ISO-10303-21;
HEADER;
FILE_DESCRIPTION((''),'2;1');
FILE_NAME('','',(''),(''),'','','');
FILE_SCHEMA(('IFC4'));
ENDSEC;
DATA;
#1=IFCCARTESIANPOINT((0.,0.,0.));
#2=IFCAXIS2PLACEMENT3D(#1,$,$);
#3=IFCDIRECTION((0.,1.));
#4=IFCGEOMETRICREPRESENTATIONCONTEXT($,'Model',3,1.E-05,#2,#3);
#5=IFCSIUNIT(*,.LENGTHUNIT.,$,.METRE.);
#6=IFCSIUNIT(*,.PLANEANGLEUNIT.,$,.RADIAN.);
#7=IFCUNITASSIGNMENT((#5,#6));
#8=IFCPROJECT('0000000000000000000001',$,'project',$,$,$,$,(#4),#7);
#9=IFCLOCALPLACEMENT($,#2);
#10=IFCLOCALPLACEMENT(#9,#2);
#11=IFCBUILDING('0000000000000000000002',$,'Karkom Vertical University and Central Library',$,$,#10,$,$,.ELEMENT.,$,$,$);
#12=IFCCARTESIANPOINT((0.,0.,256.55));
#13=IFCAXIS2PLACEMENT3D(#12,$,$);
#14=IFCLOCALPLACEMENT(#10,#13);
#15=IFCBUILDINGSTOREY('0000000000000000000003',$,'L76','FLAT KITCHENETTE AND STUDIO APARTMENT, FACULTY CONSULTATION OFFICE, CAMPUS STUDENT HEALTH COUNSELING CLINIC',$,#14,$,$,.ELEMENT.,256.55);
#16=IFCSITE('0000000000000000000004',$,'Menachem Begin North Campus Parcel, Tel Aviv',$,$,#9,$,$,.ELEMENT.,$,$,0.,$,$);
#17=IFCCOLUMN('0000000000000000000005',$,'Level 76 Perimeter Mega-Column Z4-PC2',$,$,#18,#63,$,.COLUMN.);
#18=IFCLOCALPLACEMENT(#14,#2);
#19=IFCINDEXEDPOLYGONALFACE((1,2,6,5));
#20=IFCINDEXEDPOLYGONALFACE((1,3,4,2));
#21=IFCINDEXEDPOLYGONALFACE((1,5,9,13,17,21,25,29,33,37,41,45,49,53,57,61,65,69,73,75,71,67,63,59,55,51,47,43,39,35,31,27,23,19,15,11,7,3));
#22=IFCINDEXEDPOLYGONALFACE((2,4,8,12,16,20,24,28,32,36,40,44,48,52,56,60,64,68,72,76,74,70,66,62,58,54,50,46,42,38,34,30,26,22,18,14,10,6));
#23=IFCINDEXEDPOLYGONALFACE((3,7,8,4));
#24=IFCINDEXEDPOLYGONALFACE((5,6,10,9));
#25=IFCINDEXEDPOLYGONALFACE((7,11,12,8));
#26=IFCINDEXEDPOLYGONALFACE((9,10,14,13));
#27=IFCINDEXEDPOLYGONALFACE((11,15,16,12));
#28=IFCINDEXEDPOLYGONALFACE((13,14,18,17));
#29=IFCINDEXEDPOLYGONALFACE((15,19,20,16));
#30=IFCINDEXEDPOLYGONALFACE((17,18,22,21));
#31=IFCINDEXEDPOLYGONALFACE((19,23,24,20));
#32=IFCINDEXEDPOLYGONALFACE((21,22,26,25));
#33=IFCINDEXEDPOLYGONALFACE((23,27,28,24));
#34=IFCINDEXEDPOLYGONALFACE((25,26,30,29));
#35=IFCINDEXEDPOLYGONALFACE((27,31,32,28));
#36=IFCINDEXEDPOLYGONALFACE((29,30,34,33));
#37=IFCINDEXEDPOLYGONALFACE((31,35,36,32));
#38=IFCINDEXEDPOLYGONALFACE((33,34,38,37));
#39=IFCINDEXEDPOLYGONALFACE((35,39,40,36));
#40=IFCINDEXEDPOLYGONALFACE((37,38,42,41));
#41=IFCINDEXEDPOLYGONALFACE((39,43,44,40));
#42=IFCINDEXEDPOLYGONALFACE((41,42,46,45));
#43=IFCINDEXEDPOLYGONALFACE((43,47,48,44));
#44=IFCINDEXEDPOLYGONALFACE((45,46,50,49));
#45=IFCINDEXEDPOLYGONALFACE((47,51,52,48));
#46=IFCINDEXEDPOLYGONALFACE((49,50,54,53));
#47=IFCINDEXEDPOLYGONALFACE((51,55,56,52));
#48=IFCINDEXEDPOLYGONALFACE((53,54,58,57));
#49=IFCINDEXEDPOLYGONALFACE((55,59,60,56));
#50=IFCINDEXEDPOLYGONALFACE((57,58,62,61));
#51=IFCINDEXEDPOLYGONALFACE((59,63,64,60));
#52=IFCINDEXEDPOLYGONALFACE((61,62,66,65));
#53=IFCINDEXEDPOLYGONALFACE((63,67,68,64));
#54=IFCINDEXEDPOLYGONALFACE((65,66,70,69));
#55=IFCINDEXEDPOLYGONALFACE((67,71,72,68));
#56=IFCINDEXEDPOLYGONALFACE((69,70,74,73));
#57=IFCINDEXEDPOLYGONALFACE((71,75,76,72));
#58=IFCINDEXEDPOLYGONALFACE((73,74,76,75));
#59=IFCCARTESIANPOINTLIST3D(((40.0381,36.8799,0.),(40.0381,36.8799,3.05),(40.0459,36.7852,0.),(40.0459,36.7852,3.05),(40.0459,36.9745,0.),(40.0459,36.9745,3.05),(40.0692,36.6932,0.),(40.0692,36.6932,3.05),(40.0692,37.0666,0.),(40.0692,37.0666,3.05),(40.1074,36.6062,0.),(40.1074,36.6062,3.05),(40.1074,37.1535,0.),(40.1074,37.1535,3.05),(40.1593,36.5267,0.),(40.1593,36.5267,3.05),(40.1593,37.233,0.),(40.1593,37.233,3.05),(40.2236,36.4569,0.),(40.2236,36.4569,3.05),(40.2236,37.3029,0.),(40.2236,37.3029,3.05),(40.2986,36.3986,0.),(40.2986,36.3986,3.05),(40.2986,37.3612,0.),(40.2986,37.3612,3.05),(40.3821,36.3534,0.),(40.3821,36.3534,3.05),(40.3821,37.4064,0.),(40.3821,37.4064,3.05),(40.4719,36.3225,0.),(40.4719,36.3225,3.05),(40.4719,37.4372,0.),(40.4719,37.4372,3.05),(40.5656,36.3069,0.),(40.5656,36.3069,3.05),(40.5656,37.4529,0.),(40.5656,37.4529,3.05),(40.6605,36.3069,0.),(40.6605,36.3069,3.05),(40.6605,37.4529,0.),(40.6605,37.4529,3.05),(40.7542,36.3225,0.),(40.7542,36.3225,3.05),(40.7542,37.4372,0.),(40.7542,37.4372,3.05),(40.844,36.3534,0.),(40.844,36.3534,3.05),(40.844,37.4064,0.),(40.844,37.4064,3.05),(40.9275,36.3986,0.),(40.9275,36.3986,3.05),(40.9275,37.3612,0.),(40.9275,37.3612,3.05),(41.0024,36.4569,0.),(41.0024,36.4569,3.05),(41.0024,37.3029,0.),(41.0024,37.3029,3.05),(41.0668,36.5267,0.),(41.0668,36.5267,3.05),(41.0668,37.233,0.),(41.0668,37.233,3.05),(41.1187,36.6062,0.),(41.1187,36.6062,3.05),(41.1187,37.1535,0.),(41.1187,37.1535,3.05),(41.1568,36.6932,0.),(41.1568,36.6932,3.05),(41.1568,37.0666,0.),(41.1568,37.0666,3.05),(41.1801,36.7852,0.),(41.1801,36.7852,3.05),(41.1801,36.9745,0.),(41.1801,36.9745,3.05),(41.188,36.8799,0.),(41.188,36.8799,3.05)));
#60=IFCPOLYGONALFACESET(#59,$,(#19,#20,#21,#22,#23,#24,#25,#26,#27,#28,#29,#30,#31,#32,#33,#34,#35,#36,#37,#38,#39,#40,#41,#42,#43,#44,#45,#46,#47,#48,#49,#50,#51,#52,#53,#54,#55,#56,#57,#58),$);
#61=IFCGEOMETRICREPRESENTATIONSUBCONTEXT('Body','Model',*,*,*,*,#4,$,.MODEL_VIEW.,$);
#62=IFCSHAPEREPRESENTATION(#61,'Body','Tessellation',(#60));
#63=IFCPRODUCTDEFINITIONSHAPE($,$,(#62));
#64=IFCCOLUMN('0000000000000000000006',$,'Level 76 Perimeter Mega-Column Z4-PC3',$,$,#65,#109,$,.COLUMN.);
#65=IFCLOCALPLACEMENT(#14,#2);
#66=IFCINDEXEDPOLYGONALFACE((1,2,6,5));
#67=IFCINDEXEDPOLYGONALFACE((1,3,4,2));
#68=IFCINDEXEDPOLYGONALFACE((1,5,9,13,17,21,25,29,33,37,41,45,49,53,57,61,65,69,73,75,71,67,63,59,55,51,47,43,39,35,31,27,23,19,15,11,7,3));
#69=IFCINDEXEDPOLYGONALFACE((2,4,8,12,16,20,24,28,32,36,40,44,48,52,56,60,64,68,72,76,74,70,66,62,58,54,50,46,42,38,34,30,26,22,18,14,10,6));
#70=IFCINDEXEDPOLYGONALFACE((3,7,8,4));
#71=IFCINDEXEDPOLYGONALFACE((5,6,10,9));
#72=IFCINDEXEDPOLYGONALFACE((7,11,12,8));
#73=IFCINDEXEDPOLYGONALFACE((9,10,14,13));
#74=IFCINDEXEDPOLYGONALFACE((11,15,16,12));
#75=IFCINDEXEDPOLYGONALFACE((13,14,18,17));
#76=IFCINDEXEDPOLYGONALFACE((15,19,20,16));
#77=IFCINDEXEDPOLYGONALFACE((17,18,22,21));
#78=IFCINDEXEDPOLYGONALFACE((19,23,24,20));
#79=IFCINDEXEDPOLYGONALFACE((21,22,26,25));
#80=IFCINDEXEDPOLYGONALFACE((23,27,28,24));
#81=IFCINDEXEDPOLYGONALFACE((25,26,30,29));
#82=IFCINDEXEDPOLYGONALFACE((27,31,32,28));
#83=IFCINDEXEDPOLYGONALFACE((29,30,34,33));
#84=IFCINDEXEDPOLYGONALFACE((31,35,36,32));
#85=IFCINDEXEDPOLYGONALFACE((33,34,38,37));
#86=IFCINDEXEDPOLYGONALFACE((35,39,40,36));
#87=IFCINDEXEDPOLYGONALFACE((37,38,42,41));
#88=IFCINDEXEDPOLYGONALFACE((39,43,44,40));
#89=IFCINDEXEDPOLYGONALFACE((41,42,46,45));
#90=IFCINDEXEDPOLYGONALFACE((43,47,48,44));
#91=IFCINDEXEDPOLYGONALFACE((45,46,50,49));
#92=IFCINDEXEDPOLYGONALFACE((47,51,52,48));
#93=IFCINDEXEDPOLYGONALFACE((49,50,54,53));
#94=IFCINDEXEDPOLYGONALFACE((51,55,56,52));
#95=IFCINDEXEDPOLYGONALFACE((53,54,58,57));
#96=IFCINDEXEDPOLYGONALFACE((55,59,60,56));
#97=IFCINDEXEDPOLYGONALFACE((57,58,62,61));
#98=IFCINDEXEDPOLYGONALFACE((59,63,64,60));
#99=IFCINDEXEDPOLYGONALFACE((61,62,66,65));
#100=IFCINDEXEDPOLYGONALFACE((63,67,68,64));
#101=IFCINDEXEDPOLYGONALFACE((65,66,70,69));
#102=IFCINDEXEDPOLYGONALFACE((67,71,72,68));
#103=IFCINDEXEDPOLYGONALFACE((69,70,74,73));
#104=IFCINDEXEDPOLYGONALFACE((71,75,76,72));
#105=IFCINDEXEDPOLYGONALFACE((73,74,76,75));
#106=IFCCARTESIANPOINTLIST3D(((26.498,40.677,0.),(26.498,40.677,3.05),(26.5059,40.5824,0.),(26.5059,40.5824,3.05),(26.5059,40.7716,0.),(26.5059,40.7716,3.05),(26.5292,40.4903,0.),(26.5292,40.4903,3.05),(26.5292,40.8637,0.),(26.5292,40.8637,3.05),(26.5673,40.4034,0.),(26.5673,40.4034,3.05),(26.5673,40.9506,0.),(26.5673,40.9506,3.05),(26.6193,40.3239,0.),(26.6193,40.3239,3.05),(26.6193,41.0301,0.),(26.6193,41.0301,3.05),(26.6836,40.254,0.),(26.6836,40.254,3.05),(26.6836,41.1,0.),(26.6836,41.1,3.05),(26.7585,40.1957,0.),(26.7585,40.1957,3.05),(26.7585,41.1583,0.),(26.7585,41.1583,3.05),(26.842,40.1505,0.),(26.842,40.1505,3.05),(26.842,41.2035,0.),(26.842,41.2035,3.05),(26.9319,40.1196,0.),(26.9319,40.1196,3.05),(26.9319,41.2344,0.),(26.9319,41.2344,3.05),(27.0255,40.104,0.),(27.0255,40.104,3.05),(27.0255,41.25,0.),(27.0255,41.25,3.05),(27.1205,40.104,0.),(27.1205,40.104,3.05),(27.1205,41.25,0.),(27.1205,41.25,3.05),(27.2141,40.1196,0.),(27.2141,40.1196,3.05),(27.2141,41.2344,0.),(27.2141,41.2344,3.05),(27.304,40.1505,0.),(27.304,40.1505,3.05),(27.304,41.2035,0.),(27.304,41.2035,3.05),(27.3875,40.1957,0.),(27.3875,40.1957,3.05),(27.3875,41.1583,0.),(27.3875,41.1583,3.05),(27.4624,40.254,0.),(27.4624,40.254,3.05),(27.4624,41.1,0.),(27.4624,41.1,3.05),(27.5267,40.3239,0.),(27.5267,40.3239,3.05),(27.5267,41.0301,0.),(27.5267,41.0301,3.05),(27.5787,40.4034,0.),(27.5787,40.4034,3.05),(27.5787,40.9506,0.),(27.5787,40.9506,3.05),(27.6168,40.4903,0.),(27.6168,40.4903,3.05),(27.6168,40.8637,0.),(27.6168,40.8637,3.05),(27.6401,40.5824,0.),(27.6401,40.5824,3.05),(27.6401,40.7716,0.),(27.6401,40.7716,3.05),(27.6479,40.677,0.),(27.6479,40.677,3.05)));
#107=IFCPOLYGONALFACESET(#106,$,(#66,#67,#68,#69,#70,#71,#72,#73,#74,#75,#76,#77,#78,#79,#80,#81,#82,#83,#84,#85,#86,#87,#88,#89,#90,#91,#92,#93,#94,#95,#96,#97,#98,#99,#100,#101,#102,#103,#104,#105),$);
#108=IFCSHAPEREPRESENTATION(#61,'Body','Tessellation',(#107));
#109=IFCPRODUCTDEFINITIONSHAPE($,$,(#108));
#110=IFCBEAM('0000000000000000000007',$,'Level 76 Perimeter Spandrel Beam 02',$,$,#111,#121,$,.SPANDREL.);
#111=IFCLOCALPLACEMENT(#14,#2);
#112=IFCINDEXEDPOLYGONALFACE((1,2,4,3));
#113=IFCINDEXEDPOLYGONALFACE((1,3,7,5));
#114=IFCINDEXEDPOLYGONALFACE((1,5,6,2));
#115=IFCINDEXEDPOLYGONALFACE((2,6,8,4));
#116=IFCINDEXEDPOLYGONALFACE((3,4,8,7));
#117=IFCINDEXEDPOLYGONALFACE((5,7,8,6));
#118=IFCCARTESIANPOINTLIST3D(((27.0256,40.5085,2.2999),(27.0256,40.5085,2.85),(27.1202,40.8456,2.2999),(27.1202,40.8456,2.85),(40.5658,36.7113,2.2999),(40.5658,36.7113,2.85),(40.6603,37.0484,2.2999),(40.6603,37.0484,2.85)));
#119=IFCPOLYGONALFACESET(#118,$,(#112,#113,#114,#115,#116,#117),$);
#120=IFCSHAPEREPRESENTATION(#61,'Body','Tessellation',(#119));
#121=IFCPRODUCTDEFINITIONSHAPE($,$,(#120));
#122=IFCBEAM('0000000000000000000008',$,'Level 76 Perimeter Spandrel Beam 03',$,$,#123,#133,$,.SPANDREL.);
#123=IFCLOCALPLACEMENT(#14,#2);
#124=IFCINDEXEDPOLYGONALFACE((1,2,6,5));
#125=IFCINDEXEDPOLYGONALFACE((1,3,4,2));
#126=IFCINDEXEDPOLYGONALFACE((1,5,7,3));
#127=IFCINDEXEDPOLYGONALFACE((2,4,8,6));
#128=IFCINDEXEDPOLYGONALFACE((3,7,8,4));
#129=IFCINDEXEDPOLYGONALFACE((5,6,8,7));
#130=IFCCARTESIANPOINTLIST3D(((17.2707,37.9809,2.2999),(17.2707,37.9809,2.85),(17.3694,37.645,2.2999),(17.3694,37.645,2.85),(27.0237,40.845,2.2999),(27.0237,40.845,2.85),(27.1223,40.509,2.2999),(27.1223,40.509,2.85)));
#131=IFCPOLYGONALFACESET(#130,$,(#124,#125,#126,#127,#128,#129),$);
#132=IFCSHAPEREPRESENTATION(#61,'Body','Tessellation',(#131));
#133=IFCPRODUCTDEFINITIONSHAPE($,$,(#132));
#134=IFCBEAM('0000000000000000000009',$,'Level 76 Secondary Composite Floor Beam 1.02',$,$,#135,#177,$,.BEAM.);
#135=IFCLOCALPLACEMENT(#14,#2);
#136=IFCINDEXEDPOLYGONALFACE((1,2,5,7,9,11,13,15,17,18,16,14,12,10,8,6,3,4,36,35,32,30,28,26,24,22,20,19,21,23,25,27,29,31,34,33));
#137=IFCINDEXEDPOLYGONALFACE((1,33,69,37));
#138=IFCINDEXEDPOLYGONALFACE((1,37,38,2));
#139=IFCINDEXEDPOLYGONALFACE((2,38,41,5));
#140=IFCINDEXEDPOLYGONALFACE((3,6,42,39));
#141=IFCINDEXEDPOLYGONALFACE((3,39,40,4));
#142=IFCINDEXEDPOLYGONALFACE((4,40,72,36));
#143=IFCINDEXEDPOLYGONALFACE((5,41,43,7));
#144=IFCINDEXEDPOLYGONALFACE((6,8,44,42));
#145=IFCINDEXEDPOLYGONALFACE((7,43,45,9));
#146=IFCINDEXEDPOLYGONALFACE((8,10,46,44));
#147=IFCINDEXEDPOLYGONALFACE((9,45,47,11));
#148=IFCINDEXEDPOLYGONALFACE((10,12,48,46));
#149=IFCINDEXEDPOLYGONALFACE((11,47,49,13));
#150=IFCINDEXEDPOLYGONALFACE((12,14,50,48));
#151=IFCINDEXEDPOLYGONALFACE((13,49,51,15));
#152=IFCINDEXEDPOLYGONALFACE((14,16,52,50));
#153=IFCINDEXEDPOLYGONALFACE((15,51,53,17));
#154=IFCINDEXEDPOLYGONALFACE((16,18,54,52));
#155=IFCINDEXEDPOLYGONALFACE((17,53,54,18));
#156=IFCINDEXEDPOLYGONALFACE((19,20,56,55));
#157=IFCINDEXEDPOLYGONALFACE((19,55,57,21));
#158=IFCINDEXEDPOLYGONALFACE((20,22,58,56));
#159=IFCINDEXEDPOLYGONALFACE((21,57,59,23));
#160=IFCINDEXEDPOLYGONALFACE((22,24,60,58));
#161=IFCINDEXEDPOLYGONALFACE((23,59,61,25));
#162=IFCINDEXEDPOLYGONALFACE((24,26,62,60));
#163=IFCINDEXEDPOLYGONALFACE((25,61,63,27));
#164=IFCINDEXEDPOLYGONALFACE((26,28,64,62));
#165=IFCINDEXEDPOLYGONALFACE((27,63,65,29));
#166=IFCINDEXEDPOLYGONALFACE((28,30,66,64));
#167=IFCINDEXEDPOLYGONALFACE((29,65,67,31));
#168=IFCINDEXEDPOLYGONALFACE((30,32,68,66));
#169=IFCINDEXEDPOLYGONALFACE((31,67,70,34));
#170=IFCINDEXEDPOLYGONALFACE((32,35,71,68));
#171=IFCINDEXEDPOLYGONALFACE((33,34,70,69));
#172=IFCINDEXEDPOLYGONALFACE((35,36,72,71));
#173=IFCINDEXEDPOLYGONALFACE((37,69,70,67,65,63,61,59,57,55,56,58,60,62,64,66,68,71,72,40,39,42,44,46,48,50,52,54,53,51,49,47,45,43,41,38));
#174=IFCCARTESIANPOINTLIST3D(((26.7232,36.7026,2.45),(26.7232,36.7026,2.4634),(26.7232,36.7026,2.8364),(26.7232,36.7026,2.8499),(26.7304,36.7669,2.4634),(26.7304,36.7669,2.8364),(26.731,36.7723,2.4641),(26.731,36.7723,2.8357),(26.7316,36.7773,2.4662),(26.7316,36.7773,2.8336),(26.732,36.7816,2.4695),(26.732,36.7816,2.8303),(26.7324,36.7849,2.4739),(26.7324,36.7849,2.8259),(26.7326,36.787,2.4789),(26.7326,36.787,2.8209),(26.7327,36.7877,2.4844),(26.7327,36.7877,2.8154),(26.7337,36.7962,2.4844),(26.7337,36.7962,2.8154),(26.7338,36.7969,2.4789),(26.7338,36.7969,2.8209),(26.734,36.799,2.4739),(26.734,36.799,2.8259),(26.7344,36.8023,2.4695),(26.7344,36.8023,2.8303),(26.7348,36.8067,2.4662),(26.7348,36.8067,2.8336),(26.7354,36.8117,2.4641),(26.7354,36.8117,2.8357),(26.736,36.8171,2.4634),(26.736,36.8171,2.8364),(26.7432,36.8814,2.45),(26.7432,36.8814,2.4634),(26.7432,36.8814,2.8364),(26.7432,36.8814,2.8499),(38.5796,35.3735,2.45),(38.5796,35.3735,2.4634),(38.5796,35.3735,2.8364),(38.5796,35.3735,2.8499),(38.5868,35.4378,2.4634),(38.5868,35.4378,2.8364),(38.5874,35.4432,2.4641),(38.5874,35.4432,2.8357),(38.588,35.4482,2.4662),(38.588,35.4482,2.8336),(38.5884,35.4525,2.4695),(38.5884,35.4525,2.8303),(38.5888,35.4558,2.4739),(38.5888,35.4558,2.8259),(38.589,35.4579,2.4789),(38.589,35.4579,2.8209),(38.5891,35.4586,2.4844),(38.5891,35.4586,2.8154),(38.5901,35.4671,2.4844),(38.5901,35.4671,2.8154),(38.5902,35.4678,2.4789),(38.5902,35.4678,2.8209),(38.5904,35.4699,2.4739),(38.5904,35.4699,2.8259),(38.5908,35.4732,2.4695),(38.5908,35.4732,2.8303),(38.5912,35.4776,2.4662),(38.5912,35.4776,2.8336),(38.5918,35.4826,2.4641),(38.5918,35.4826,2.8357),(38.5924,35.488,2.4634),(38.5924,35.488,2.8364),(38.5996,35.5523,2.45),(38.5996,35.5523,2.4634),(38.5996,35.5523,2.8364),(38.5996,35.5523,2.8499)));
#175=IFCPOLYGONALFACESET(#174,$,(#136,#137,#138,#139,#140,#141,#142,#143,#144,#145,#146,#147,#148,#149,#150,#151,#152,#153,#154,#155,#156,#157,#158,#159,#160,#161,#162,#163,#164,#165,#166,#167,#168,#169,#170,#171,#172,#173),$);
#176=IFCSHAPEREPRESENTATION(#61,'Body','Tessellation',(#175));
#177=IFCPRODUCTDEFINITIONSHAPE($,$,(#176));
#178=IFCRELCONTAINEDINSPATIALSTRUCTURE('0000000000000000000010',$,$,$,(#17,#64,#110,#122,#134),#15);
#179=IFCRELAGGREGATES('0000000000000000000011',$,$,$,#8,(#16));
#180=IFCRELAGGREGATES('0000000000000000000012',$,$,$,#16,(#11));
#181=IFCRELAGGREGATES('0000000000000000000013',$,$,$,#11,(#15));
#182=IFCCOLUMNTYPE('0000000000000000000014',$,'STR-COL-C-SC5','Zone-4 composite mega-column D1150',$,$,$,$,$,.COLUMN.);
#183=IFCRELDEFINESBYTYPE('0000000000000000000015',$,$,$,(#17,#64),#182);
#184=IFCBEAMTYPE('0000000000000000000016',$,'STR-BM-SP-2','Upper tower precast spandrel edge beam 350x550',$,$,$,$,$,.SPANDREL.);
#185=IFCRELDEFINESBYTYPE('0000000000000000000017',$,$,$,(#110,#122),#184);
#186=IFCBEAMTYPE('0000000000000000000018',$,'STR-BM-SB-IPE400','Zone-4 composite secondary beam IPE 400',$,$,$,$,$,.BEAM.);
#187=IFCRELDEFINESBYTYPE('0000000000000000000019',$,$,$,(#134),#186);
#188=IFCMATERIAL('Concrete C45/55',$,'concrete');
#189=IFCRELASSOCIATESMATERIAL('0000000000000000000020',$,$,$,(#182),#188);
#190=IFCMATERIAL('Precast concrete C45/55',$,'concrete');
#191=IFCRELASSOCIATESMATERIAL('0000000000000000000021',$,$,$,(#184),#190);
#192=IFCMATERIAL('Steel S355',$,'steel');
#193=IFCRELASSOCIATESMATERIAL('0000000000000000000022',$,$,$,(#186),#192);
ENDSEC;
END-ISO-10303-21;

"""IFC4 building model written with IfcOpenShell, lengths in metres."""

from ifc_helpers import new_model, si_unit, direction, frame, origin, origin_with_axes, origin_2d, place, context, subcontext, project, spatial, rectangle, circle, i_section, extrude, source, transform, mapped, material, material_profile, profile_set, type_object, element, save


model = new_model("IFC4")

# Units and contexts
model_context = context("Model", 3, precision=1e-05, world=origin(), true_north=direction((0.0, 1.0)))
body_context = subcontext(model_context, "Body", "Model", "MODEL_VIEW")
ifc_project = project(units=[si_unit("LENGTHUNIT", "METRE"), si_unit("PLANEANGLEUNIT", "RADIAN")], contexts=[model_context])

# Site, building, storey
site_placement = place(None, origin())
site = spatial("IfcSite", under=ifc_project, at=site_placement, Name="Menachem Begin North Campus Parcel, Tel Aviv", CompositionType="ELEMENT", RefElevation=0.0)
building_placement = place(site_placement, origin())
building = spatial("IfcBuilding", under=site, at=building_placement, Name="Karkom Vertical University and Central Library", CompositionType="ELEMENT")
storey_placement = place(building_placement, frame((0.0, 0.0, 256.55)))
storey = spatial("IfcBuildingStorey", under=building, at=storey_placement, Name="L76", Description="FLAT KITCHENETTE AND STUDIO APARTMENT, FACULTY CONSULTATION OFFICE, CAMPUS STUDENT HEALTH COUNSELING CLINIC", CompositionType="ELEMENT", Elevation=256.55)

# Columns
ifc_material_1 = material(Name="Concrete C45/55", Category="concrete")
ifc_material_profile_1 = material_profile(ifc_material_1, circle(Radius=0.575, at=origin_2d()), Name="CFT-D1150")
ifc_profile_set_1 = profile_set([ifc_material_profile_1], Name="Concrete C45/55")
column_type = type_object("IfcColumnType", Name="STR-COL-C-SC5", Description="Zone-4 composite mega-column D1150", PredefinedType="COLUMN", material=ifc_profile_set_1)
shared_shape_1 = source(origin_with_axes(), body_context, "Body", "SweptSolid", [
    extrude(circle(Radius=0.575, at=origin_2d()), origin(), (0.0, 0.0, 1.0), 3.05),
])
for number, where, z_axis, x_axis, name in (
    (1, (40.613, 36.8799, 0.0), (0.0, 0.0, 1.0), (1.0, 0.0, 0.0), "Level 76 Perimeter Mega-Column Z4-PC2"),
    (2, (27.073, 40.677, 0.0), (0.0, 0.0, 1.0), (1.0, 0.0, 0.0), "Level 76 Perimeter Mega-Column Z4-PC3"),
):
    element("IfcColumn", number, at=place(storey_placement, frame(where, z_axis=z_axis, x_axis=x_axis)), inside=storey, type_object=column_type, Name=name, PredefinedType="COLUMN", context=body_context, shape_type="MappedRepresentation", body=[
        mapped(shared_shape_1, transform((0.0, 0.0, 0.0), scale=1.0)),
    ])

# Beams
ifc_material_2 = material(Name="Precast concrete C45/55", Category="concrete")
ifc_material_profile_2 = material_profile(ifc_material_2, rectangle(XDim=0.3501, YDim=0.55, at=origin_2d()), Name="SPB-350x550")
ifc_profile_set_2 = profile_set([ifc_material_profile_2], Name="Precast concrete C45/55")
beam_type_1 = type_object("IfcBeamType", Name="STR-BM-SP-2", Description="Upper tower precast spandrel edge beam 350x550", PredefinedType="SPANDREL", material=ifc_profile_set_2)
shared_shape_2 = source(origin_with_axes(), body_context, "Body", "SweptSolid", [
    extrude(rectangle(XDim=0.3501, YDim=0.55, at=origin_2d()), origin(), (0.0, 0.0, 1.0), 14.0625),
])
beam_1_placement = place(storey_placement, frame((40.613, 36.8799, 2.575), z_axis=(-0.962855, 0.27002, 0.0), x_axis=(-0.27002, -0.962855, 0.0)))
element("IfcBeam", 3, at=beam_1_placement, inside=storey, type_object=beam_type_1, Name="Level 76 Perimeter Spandrel Beam 02", PredefinedType="SPANDREL", context=body_context, shape_type="MappedRepresentation", body=[
    mapped(shared_shape_2, transform((0.0, 0.0, 0.0), scale=1.0)),
])
shared_shape_3 = source(origin_with_axes(), body_context, "Body", "SweptSolid", [
    extrude(rectangle(XDim=0.3501, YDim=0.55, at=origin_2d()), origin(), (0.0, 0.0, 1.0), 10.1648),
])
beam_2_placement = place(storey_placement, frame((27.073, 40.677, 2.575), z_axis=(-0.959485, -0.281759, 0.0), x_axis=(0.281759, -0.959485, 0.0)))
element("IfcBeam", 4, at=beam_2_placement, inside=storey, type_object=beam_type_1, Name="Level 76 Perimeter Spandrel Beam 03", PredefinedType="SPANDREL", context=body_context, shape_type="MappedRepresentation", body=[
    mapped(shared_shape_3, transform((0.0, 0.0, 0.0), scale=1.0)),
])
ifc_material_3 = material(Name="Steel S355", Category="steel")
ifc_material_profile_3 = material_profile(ifc_material_3, i_section(OverallWidth=0.1799, OverallDepth=0.3999, WebThickness=0.0085, FlangeThickness=0.0134, FilletRadius=0.021, at=origin_2d()), Name="IPE 400")
ifc_profile_set_3 = profile_set([ifc_material_profile_3], Name="Steel S355")
beam_type_2 = type_object("IfcBeamType", Name="STR-BM-SB-IPE400", Description="Zone-4 composite secondary beam IPE 400", PredefinedType="BEAM", material=ifc_profile_set_3)
shared_shape_4 = source(origin_with_axes(), body_context, "Body", "SweptSolid", [
    extrude(i_section(OverallWidth=0.1799, OverallDepth=0.3999, WebThickness=0.0085, FlangeThickness=0.0134, FilletRadius=0.021, at=origin_2d()), origin(), (0.0, 0.0, 1.0), 11.9307),
])
beam_3_placement = place(storey_placement, frame((38.5896, 35.4629, 2.6499), z_axis=(-0.993775, 0.111402, 0.0), x_axis=(-0.111402, -0.993775, 0.0)))
element("IfcBeam", 5, at=beam_3_placement, inside=storey, type_object=beam_type_2, Name="Level 76 Secondary Composite Floor Beam 1.02", PredefinedType="BEAM", context=body_context, shape_type="MappedRepresentation", body=[
    mapped(shared_shape_4, transform((0.0, 0.0, 0.0), scale=1.0)),
])

save(model, "model.ifc")
